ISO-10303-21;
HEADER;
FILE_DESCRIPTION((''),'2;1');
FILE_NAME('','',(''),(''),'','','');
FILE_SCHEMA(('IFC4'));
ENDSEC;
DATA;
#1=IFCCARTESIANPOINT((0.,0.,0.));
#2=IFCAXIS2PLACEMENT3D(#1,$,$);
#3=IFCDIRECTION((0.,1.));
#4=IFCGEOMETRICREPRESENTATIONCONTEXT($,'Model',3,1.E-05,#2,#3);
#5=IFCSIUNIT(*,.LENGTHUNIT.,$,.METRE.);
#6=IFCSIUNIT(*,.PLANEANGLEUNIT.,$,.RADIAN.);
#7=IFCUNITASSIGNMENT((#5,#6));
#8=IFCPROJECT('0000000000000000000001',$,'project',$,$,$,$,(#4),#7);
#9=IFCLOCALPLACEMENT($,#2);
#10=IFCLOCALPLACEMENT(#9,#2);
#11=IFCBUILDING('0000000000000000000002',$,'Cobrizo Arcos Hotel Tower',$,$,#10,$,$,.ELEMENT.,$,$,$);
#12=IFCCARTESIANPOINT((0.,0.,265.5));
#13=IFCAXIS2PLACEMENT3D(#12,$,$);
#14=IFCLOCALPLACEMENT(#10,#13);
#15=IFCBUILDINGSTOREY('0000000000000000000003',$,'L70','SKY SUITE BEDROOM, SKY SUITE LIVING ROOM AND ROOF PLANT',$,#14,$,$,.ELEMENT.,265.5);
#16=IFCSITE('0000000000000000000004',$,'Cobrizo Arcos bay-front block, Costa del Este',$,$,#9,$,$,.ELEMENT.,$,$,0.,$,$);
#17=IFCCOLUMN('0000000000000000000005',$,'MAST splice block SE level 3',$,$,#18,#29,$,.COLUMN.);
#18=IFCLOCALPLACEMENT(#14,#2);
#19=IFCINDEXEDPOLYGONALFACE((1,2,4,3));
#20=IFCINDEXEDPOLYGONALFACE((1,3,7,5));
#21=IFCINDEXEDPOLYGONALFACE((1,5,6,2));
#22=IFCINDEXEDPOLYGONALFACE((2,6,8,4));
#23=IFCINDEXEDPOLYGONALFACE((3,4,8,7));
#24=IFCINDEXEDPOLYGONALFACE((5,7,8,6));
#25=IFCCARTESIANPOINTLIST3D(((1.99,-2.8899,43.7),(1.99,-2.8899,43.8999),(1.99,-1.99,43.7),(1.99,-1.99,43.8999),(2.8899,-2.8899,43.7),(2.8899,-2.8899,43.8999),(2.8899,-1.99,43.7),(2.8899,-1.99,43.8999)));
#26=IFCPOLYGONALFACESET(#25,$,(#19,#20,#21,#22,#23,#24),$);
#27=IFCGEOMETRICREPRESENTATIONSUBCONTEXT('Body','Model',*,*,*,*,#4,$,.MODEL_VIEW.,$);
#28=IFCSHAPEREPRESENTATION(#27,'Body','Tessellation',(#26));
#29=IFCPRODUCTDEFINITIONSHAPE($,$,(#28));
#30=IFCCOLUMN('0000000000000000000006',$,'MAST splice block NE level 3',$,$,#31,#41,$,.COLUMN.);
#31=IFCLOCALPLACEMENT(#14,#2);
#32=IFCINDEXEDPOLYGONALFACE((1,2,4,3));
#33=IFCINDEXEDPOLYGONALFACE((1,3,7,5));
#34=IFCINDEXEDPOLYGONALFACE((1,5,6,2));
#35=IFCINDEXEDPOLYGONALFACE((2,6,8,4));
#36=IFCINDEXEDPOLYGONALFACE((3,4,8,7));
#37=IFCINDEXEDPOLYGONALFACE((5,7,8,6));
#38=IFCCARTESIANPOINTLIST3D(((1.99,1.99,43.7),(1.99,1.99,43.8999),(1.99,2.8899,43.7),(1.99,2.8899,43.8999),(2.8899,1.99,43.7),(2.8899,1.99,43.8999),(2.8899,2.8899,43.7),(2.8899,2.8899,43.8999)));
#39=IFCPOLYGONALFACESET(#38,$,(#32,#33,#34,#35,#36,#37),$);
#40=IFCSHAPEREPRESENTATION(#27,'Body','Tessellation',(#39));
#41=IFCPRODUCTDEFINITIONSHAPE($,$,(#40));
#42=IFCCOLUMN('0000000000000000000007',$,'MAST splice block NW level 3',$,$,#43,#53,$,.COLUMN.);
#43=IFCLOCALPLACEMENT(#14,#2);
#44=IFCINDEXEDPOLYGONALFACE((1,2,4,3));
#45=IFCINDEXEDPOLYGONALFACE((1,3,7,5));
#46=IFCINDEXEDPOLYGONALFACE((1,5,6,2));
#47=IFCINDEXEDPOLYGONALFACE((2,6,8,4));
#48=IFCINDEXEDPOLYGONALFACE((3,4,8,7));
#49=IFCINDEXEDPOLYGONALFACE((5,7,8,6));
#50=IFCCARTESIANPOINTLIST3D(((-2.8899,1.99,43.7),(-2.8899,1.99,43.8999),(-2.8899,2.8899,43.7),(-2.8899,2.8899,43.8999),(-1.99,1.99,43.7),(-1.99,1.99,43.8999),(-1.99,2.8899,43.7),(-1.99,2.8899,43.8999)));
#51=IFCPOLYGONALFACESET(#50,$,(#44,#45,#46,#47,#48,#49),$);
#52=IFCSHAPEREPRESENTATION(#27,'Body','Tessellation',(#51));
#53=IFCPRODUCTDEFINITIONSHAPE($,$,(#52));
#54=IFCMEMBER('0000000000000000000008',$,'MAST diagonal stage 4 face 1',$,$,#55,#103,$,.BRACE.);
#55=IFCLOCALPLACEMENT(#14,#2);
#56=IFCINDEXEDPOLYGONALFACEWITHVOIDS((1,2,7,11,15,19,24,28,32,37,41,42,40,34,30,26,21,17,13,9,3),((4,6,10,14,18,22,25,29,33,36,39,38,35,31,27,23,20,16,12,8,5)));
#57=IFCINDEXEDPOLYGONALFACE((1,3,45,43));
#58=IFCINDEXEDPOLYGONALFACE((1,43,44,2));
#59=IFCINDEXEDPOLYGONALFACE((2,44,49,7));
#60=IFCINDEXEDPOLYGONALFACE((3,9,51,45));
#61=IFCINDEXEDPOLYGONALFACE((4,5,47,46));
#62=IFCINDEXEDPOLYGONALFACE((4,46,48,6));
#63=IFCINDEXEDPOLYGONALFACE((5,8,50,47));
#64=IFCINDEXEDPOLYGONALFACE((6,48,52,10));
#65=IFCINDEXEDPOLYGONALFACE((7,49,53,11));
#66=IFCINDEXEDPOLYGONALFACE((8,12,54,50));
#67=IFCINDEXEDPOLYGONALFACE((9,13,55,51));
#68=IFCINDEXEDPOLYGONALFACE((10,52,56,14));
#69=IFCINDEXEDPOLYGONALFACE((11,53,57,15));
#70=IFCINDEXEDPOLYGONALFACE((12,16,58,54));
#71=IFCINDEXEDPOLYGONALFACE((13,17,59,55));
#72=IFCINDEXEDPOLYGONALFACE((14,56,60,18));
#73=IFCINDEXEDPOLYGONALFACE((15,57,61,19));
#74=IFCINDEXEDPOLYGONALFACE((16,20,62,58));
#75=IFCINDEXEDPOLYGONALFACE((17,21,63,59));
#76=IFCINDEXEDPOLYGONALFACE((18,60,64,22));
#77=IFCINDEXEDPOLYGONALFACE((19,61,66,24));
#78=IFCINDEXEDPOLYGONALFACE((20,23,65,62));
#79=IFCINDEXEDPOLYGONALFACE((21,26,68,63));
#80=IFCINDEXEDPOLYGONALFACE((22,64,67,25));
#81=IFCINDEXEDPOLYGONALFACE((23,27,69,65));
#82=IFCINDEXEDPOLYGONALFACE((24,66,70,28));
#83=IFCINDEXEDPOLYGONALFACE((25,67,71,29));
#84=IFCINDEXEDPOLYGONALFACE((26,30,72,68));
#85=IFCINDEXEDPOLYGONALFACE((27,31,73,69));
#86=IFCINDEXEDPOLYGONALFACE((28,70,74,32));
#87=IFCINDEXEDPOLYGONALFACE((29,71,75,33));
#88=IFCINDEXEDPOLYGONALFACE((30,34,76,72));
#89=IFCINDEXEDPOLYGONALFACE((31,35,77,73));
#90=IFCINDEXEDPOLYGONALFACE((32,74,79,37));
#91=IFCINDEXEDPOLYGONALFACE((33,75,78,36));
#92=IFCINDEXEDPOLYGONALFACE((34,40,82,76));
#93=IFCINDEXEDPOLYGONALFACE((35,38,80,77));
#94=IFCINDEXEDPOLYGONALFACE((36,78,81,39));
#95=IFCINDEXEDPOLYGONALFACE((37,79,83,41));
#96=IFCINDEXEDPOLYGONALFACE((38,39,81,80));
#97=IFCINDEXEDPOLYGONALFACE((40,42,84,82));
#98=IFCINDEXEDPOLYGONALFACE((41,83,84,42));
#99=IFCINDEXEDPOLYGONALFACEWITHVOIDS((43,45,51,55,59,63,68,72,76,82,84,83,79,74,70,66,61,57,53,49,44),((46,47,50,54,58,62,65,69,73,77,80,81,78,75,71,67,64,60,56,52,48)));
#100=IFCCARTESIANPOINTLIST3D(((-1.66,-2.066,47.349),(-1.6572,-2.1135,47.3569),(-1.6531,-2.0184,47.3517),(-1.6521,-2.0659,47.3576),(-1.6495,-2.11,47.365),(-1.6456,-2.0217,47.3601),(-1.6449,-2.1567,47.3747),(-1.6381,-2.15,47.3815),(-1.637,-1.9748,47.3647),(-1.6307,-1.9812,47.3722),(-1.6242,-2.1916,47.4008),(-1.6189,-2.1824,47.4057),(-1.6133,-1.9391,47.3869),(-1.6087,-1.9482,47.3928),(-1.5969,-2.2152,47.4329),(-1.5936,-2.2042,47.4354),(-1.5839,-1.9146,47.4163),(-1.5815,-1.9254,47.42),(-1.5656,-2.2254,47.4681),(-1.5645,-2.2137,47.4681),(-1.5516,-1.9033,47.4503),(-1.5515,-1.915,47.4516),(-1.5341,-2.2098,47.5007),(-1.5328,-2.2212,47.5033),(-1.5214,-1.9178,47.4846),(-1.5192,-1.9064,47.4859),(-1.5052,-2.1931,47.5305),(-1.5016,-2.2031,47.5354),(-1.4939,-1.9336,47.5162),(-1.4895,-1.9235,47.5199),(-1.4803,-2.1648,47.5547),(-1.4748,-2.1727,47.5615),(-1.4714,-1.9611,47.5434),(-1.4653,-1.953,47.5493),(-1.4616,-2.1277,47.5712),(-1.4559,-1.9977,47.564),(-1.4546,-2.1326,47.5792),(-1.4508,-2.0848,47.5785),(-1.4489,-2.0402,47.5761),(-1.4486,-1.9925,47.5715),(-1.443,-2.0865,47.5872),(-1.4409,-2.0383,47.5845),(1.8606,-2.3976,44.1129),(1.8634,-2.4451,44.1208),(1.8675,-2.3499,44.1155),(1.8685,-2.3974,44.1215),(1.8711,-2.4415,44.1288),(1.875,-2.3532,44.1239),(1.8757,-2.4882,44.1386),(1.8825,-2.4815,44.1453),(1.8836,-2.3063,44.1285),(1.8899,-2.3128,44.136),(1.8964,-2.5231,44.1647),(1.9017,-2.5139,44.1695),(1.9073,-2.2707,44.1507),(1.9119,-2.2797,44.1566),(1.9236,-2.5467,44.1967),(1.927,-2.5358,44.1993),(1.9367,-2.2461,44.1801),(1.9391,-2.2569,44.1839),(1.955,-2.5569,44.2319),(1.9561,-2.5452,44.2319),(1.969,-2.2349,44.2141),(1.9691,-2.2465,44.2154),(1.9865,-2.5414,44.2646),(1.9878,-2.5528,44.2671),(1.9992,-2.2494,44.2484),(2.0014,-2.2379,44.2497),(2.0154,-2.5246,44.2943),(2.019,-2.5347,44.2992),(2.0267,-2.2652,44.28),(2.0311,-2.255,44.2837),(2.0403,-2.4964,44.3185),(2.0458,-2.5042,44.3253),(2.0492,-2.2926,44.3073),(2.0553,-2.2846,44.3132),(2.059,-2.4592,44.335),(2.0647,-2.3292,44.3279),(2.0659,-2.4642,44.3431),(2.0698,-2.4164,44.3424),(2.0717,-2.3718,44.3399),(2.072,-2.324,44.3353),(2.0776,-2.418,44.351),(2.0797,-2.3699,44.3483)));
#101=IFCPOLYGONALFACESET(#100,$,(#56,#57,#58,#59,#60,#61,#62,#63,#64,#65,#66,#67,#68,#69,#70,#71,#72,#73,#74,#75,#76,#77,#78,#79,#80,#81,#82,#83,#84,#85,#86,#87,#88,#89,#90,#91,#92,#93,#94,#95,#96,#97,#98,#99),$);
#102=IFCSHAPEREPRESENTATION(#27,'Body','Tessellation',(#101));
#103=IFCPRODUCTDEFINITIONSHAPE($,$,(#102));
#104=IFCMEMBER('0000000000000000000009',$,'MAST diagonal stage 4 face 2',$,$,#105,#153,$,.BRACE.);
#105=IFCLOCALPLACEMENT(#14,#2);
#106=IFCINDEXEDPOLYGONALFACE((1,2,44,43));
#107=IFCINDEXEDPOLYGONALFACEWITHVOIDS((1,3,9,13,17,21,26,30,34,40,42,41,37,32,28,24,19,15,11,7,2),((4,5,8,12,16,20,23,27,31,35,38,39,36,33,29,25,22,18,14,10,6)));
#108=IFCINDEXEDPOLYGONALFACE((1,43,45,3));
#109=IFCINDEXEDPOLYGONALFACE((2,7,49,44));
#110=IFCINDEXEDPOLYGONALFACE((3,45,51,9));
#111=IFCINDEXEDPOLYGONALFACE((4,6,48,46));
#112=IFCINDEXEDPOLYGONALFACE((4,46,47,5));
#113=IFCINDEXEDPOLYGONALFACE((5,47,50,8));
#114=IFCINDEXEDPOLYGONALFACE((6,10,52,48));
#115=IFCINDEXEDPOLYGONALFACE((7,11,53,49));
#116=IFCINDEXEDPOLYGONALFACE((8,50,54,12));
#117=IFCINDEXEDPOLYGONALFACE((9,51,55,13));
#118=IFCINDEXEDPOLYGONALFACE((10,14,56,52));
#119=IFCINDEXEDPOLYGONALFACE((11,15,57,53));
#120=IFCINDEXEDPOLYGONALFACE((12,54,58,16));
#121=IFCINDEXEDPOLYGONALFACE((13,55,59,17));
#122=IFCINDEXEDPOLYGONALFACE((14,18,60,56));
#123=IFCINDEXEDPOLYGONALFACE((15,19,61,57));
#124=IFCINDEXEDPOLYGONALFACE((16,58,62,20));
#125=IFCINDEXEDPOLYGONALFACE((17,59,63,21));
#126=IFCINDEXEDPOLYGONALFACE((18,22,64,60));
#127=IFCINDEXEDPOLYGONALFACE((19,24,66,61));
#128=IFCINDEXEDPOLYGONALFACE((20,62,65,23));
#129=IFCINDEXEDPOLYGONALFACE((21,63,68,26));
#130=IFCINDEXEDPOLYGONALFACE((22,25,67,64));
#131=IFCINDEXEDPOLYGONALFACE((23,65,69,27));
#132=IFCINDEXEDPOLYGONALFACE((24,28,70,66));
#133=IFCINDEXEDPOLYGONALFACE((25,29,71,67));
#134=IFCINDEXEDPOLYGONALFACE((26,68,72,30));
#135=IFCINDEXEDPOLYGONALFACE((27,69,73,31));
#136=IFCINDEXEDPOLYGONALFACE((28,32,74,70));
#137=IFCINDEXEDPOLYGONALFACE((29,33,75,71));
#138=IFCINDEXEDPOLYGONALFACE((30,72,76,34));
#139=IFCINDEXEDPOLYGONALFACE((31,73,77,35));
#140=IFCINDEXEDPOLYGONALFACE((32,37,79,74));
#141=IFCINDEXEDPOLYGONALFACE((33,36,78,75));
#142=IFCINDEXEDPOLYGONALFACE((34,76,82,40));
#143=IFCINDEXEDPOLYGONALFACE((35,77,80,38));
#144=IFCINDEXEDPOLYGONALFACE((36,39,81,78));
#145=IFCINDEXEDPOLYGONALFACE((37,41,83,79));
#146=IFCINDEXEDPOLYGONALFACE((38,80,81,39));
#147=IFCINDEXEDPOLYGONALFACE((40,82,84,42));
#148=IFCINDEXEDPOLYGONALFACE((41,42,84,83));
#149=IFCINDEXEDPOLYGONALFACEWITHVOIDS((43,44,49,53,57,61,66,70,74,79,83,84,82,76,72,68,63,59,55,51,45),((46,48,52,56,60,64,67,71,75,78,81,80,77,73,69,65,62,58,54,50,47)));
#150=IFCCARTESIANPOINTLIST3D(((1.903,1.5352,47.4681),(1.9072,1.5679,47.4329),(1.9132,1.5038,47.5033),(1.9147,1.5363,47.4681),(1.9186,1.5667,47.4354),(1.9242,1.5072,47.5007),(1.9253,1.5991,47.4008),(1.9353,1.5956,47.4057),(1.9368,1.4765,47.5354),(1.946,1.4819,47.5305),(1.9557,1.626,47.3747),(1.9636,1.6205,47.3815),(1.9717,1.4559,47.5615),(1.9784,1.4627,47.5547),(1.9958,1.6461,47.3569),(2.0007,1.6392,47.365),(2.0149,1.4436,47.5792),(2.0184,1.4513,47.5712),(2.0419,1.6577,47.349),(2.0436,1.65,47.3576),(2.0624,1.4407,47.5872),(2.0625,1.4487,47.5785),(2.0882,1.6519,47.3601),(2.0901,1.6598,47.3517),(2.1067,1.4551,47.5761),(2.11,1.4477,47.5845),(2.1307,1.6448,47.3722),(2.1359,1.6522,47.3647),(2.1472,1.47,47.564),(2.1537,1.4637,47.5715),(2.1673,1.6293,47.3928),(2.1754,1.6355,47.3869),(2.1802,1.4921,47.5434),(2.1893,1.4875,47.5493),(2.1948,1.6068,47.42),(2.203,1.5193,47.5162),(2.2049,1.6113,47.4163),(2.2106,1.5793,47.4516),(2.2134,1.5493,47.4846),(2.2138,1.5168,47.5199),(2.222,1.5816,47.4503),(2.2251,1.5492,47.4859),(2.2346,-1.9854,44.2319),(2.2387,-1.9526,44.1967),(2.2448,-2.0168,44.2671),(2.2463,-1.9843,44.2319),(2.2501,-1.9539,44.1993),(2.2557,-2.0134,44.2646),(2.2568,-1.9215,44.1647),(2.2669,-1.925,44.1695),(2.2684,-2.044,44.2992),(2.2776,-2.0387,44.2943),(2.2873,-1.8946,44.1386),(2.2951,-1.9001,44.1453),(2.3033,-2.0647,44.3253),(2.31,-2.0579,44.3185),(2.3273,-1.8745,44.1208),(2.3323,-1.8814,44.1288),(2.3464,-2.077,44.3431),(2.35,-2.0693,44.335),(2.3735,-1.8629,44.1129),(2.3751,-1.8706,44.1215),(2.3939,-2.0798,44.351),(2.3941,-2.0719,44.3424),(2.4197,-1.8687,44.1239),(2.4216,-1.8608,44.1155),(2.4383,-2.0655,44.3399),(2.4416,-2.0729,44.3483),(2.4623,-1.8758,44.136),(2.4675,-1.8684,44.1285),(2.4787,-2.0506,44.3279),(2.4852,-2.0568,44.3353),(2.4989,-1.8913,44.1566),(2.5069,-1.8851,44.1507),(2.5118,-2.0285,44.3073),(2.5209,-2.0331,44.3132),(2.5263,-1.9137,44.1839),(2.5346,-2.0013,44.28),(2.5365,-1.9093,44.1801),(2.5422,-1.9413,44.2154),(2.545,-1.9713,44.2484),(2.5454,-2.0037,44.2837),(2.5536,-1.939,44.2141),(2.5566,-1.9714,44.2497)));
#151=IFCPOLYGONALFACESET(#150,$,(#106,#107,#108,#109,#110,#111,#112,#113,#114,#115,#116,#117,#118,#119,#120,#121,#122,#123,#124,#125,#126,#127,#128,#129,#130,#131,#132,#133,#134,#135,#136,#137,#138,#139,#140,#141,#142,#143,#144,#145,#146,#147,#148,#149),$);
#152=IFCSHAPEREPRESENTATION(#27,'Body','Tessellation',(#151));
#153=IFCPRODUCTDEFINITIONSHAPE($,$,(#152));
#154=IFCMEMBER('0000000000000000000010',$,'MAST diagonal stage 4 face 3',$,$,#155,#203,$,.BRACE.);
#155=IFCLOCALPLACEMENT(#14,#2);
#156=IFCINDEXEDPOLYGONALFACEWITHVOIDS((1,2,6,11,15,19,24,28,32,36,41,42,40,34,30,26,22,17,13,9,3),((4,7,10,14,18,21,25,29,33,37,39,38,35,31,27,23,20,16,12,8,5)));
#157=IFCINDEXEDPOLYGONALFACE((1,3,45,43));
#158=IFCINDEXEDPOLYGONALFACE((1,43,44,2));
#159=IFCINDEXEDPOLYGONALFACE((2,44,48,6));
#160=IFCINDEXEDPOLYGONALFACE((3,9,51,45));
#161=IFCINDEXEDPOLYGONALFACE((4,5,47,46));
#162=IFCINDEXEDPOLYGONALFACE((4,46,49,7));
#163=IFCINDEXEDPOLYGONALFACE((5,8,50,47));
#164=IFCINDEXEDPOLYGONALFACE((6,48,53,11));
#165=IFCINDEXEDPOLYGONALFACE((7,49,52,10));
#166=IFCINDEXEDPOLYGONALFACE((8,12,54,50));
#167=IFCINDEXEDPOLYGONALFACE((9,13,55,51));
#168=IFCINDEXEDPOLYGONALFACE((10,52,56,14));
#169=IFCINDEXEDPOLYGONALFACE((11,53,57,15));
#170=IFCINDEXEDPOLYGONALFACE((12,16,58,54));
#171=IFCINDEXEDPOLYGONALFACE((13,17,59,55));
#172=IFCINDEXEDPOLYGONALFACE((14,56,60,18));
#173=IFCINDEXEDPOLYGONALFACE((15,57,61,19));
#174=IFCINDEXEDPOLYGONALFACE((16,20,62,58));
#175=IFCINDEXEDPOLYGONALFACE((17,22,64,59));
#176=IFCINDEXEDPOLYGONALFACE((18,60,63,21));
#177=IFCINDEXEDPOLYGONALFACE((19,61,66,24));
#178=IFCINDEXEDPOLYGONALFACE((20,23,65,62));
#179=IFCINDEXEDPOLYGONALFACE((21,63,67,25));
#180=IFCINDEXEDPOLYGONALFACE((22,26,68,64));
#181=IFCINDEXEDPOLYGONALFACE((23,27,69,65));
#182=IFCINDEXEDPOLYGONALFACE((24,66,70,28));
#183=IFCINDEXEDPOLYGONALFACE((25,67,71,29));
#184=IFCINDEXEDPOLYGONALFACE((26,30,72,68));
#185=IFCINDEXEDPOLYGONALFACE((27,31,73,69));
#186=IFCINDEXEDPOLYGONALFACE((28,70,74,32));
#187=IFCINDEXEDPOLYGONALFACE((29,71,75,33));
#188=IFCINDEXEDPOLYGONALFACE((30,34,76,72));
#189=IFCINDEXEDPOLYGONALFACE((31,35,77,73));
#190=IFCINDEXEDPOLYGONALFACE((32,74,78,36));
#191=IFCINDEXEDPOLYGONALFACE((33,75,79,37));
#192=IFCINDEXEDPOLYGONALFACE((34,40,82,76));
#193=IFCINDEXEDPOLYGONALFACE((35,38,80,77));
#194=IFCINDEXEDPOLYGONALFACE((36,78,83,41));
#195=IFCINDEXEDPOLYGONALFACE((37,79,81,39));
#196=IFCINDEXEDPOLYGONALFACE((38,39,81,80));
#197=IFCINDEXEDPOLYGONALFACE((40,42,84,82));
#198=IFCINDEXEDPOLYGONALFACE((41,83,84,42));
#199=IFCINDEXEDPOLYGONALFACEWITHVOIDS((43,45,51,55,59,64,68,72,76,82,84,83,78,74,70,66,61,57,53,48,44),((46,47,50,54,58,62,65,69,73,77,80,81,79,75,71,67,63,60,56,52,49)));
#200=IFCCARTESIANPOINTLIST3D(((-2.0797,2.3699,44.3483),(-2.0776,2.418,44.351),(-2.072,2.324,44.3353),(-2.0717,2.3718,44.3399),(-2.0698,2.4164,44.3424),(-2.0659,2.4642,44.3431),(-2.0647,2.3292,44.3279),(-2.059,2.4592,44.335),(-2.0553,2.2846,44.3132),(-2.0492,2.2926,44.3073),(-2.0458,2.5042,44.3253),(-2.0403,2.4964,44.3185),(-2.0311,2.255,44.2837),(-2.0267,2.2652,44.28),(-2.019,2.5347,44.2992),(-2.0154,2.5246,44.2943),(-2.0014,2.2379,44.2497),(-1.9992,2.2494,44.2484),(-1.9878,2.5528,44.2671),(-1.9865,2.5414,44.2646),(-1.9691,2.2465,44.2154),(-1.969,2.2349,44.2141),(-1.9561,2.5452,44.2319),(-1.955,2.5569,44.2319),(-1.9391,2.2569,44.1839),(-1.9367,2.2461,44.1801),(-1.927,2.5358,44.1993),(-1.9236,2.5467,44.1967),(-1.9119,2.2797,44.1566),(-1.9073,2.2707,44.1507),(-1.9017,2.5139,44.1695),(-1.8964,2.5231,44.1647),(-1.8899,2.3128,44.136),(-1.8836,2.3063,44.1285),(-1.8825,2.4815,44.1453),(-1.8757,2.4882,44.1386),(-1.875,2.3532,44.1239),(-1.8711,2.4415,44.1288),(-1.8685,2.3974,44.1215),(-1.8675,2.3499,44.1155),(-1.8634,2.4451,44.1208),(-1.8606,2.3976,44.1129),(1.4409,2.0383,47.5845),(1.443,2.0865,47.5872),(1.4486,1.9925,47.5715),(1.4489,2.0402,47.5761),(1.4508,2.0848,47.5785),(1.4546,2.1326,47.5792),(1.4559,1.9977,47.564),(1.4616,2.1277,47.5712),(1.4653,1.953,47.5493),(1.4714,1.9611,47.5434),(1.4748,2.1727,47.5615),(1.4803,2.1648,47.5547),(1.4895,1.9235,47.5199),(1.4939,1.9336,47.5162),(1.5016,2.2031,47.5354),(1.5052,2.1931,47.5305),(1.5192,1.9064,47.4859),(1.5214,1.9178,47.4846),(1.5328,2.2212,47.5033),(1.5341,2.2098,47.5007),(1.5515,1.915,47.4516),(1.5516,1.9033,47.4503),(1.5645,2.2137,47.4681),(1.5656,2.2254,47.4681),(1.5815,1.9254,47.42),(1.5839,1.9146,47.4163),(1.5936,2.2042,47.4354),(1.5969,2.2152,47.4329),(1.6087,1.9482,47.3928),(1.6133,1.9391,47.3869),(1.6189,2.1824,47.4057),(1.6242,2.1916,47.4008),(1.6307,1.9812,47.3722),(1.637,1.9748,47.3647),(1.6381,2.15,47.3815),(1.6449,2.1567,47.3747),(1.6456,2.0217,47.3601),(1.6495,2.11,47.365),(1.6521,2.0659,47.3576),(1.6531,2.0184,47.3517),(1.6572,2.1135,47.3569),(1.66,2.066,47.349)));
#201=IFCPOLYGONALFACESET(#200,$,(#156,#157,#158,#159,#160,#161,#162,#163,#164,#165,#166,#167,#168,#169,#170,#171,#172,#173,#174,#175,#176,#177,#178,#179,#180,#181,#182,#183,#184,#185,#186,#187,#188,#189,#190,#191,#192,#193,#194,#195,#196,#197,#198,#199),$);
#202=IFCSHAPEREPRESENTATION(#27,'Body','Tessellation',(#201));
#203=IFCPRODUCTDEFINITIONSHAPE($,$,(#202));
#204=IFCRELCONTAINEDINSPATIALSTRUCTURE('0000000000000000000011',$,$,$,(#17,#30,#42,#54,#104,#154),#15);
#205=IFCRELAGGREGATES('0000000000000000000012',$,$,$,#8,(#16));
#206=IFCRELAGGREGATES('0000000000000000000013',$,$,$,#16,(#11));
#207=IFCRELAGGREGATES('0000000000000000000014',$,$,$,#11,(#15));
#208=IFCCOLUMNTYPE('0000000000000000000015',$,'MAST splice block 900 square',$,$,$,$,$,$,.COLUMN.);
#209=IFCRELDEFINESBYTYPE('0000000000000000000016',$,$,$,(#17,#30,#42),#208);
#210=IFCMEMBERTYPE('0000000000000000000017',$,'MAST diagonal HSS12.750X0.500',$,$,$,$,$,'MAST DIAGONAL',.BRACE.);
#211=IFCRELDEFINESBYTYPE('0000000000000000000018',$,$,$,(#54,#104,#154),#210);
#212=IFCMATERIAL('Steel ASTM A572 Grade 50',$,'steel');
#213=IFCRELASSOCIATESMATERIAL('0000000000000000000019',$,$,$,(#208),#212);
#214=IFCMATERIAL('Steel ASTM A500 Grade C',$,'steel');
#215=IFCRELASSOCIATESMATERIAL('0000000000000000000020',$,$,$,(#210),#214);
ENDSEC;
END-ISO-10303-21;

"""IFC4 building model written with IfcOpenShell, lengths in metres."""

from ifc_helpers import new_model, si_unit, direction, frame, origin, origin_2d, place, context, subcontext, project, spatial, rectangle, hollow_circle, extrude, material, material_profile, profile_set, type_object, element, save


model = new_model("IFC4")

# Units and contexts
model_context = context("Model", 3, precision=1e-05, world=origin(), true_north=direction((0.0, 1.0)))
body_context = subcontext(model_context, "Body", "Model", "MODEL_VIEW")
ifc_project = project(units=[si_unit("LENGTHUNIT", "METRE"), si_unit("PLANEANGLEUNIT", "RADIAN")], contexts=[model_context])

# Site, building, storey
site_placement = place(None, origin())
site = spatial("IfcSite", under=ifc_project, at=site_placement, Name="Cobrizo Arcos bay-front block, Costa del Este", CompositionType="ELEMENT", RefElevation=0.0)
building_placement = place(site_placement, origin())
building = spatial("IfcBuilding", under=site, at=building_placement, Name="Cobrizo Arcos Hotel Tower", CompositionType="ELEMENT")
storey_placement = place(building_placement, frame((0.0, 0.0, 265.5)))
storey = spatial("IfcBuildingStorey", under=building, at=storey_placement, Name="L70", Description="SKY SUITE BEDROOM, SKY SUITE LIVING ROOM AND ROOF PLANT", CompositionType="ELEMENT", Elevation=265.5)

# Columns
ifc_material_1 = material(Name="Steel ASTM A572 Grade 50", Category="steel")
ifc_material_profile_1 = material_profile(ifc_material_1, rectangle(XDim=0.8999, YDim=0.8999, at=origin_2d()), Name="MAST splice block 900 square")
ifc_profile_set_1 = profile_set([ifc_material_profile_1], Name="Steel ASTM A572 Grade 50")
column_type = type_object("IfcColumnType", Name="MAST splice block 900 square", PredefinedType="COLUMN", material=ifc_profile_set_1)
for number, where, z_axis, x_axis, name in (
    (1, (2.4399, -2.4399, 43.7), (0.0, 0.0, 1.0), (1.0, 0.0, 0.0), "MAST splice block SE level 3"),
    (2, (2.4399, 2.4399, 43.7), (0.0, 0.0, 1.0), (1.0, 0.0, 0.0), "MAST splice block NE level 3"),
    (3, (-2.4399, 2.4399, 43.7), (0.0, 0.0, 1.0), (1.0, 0.0, 0.0), "MAST splice block NW level 3"),
):
    element("IfcColumn", number, at=place(storey_placement, frame(where, z_axis=z_axis, x_axis=x_axis)), inside=storey, type_object=column_type, Name=name, PredefinedType="COLUMN", context=body_context, shape_type="SweptSolid", body=[
        extrude(rectangle(XDim=0.8999, YDim=0.8999, at=origin_2d()), origin(), (0.0, 0.0, 1.0), 0.2),
    ])

# Members
ifc_material_2 = material(Name="Steel ASTM A500 Grade C", Category="steel")
ifc_material_profile_2 = material_profile(ifc_material_2, hollow_circle(Radius=0.1619, WallThickness=0.0117, at=origin_2d()), Name="HSS12.750X0.500")
ifc_profile_set_2 = profile_set([ifc_material_profile_2], Name="Steel ASTM A500 Grade C")
member_type_1 = type_object("IfcMemberType", Name="MAST diagonal HSS12.750X0.500", ElementType="MAST DIAGONAL", PredefinedType="BRACE", material=ifc_profile_set_2)
for number, where, z_axis, x_axis, name in (
    (4, (1.9702, -2.3958, 44.2319), (-0.734458, 0.069167, 0.67512), (-0.09376, -0.995595, 0.0), "MAST diagonal stage 4 face 1"),
    (5, (2.3958, -1.9702, 44.2319), (-0.069167, 0.734458, 0.67512), (-0.995595, -0.09376, 0.0), "MAST diagonal stage 4 face 2"),
    (6, (-1.9702, 2.3958, 44.2319), (0.734458, -0.069167, 0.67512), (0.09376, 0.995595, 0.0), "MAST diagonal stage 4 face 3"),
):
    element("IfcMember", number, at=place(storey_placement, frame(where, z_axis=z_axis, x_axis=x_axis)), inside=storey, type_object=member_type_1, Name=name, PredefinedType="BRACE", context=body_context, shape_type="SweptSolid", body=[
        extrude(hollow_circle(Radius=0.1619, WallThickness=0.0117, at=origin_2d()), origin(), (0.0, 0.0, 1.0), 4.7935),
    ])

save(model, "model.ifc")
